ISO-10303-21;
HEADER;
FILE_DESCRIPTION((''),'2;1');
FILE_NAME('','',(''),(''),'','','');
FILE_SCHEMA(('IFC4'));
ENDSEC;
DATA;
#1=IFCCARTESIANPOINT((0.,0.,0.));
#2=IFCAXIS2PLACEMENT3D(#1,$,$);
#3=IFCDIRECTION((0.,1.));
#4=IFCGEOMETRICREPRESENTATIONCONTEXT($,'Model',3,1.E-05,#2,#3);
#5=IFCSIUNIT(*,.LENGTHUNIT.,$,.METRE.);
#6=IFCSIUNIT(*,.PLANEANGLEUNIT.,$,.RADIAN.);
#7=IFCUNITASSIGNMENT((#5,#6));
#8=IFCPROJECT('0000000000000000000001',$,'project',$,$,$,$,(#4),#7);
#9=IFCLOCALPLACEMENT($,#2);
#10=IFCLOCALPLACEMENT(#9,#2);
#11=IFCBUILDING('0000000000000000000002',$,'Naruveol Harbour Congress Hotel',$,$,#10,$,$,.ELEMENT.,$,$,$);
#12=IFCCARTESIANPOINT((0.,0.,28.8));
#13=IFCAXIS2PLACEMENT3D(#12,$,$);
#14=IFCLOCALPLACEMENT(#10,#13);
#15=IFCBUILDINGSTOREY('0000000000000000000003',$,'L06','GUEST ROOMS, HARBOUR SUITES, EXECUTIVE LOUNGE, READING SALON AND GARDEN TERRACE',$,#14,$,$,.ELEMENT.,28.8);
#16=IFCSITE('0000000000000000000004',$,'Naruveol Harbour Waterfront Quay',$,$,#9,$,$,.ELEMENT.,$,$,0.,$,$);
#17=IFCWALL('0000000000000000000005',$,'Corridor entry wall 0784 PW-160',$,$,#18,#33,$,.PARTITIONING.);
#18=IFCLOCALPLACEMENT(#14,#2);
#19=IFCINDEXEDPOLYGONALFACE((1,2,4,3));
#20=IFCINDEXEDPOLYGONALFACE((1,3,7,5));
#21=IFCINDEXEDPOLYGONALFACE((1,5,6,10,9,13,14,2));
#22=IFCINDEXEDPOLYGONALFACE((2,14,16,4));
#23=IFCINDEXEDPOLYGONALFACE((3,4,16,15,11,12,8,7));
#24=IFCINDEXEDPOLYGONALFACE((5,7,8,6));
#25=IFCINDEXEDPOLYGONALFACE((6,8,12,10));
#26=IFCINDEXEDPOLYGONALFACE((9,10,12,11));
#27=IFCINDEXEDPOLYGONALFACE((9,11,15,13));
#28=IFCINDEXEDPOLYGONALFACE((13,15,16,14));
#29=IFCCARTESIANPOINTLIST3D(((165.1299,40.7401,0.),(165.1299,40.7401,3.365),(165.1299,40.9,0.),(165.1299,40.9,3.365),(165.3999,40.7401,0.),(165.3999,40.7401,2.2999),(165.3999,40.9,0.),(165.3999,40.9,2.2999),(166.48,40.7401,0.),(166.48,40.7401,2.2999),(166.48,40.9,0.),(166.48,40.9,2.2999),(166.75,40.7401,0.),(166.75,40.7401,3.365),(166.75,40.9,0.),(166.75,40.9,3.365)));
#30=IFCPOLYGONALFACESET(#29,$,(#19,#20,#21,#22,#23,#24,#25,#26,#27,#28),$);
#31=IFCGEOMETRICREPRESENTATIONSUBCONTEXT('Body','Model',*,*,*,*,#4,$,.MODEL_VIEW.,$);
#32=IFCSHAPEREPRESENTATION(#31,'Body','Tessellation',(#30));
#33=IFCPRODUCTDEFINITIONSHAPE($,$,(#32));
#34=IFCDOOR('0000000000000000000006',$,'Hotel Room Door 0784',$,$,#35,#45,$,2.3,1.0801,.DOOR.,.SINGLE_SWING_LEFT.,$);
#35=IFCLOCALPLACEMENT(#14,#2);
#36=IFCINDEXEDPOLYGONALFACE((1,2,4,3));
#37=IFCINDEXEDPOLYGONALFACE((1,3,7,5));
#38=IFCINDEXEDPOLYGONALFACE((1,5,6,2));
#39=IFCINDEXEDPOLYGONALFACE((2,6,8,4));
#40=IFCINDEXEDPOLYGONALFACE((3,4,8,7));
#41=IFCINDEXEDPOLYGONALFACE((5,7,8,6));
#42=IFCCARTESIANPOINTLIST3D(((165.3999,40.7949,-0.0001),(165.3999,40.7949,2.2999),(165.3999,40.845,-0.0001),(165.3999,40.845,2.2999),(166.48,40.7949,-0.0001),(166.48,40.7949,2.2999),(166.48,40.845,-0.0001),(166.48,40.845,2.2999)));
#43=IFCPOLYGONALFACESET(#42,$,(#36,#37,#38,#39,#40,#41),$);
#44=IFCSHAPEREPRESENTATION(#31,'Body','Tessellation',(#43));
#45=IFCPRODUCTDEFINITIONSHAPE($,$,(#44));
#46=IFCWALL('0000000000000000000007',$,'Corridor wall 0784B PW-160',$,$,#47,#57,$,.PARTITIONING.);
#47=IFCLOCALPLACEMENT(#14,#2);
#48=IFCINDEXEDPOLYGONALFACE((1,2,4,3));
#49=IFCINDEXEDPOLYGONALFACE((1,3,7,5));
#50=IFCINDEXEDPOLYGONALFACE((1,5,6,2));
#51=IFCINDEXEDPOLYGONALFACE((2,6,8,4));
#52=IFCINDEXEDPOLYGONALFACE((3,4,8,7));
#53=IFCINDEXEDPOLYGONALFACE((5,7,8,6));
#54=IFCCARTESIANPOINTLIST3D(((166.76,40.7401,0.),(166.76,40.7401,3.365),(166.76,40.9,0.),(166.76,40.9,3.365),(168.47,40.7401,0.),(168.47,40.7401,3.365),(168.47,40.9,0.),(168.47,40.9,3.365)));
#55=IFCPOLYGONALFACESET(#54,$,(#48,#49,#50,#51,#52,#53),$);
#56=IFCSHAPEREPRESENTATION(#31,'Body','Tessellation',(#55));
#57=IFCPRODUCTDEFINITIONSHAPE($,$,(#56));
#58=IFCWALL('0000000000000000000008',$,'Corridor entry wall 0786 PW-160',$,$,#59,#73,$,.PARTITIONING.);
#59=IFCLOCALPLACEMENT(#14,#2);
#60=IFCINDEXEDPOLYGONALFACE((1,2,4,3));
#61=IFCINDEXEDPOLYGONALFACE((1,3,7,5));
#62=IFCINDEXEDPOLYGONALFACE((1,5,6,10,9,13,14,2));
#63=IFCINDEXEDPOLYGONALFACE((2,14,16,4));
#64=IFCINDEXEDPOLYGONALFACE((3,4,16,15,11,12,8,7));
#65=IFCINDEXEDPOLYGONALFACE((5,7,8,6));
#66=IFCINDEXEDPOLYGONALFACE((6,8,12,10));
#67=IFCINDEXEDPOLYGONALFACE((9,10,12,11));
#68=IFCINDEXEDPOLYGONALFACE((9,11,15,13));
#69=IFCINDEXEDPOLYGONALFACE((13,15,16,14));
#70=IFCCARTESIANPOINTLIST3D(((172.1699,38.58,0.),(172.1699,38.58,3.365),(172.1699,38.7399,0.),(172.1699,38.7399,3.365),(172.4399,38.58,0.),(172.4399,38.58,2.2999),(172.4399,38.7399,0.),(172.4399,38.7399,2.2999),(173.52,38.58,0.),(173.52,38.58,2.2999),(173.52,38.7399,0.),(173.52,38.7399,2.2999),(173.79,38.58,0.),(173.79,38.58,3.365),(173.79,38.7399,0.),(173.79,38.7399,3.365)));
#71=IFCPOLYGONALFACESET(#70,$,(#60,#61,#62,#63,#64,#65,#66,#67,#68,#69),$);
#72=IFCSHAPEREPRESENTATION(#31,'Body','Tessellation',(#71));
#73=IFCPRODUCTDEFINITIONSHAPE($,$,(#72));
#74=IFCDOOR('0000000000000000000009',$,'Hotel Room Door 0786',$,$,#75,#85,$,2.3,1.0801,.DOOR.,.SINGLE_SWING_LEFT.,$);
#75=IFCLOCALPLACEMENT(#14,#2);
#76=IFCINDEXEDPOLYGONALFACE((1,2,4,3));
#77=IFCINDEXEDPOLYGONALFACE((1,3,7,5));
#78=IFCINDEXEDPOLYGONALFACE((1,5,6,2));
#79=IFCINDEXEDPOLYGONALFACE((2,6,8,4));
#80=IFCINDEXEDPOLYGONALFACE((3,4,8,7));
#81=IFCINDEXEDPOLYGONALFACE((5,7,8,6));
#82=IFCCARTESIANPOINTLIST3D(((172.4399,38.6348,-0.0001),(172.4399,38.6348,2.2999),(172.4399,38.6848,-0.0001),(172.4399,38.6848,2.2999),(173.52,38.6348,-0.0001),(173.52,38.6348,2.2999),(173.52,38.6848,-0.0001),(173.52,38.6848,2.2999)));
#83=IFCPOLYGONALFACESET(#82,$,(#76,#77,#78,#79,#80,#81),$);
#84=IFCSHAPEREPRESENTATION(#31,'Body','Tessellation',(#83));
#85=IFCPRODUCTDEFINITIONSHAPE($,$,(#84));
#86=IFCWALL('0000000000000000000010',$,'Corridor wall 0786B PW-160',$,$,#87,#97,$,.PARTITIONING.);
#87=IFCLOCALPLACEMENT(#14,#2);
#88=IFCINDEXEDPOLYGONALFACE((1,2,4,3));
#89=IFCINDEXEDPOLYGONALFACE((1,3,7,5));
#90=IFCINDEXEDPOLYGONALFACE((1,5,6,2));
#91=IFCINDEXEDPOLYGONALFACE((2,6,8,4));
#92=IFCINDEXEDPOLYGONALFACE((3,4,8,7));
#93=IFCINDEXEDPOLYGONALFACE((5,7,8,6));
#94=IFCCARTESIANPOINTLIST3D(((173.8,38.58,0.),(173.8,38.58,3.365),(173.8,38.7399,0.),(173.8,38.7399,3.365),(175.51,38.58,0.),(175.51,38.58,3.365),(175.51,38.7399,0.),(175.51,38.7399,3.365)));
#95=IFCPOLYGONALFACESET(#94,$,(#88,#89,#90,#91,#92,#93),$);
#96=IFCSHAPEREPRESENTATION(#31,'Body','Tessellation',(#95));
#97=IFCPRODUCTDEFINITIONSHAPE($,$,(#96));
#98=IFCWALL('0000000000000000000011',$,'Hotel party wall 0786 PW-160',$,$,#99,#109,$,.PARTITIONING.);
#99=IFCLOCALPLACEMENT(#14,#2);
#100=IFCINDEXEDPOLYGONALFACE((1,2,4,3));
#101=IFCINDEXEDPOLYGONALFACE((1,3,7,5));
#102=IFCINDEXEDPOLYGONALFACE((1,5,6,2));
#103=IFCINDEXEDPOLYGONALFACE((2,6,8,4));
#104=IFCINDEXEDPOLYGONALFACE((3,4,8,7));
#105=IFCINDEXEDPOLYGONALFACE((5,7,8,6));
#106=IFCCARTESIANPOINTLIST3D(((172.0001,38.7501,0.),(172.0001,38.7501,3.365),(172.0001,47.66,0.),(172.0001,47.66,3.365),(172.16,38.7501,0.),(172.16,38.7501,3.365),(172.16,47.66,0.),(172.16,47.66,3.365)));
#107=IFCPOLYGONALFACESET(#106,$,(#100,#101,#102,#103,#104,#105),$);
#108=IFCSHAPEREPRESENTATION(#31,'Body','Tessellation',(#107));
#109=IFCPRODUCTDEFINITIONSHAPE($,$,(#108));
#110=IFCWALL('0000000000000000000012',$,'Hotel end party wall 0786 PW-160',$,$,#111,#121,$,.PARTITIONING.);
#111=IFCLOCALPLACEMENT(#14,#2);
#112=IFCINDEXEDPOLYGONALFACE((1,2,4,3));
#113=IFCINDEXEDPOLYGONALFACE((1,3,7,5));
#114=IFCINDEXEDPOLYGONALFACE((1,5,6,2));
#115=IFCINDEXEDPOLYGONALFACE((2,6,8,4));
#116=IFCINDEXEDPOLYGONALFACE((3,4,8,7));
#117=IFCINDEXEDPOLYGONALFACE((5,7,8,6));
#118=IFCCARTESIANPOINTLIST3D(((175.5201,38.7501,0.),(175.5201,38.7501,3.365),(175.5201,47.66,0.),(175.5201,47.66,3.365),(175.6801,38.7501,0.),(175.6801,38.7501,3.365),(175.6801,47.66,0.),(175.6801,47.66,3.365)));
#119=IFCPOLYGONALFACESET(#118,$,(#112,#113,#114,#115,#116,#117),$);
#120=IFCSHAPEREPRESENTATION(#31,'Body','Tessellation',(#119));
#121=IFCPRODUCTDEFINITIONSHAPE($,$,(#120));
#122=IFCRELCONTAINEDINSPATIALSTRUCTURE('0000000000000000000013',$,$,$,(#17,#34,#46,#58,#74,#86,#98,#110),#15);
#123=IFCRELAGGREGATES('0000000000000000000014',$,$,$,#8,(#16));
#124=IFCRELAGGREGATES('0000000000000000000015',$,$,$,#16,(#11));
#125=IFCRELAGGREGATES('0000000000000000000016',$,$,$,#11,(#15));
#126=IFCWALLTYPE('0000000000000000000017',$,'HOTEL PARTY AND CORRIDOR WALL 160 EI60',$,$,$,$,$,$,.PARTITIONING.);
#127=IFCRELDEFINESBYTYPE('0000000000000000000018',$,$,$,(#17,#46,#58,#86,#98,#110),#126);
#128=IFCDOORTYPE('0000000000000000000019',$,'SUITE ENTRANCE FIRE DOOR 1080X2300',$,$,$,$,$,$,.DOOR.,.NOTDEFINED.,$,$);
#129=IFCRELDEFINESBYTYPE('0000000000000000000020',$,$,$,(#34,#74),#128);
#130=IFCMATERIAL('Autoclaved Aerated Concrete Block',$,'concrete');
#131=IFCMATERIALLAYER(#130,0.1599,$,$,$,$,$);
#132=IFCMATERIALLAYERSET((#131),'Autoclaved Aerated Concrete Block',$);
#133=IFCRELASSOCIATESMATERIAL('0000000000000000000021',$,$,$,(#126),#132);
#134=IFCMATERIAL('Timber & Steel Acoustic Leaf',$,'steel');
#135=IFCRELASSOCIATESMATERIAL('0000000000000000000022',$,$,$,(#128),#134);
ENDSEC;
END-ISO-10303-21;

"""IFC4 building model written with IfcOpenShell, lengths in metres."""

from ifc_helpers import new_model, si_unit, direction, frame, frame_2d, origin, place, context, subcontext, project, spatial, rectangle, extrude, material, layer, layer_set, type_object, element, fill, save


model = new_model("IFC4")

# Units and contexts
model_context = context("Model", 3, precision=1e-05, world=origin(), true_north=direction((0.0, 1.0)))
body_context = subcontext(model_context, "Body", "Model", "MODEL_VIEW")
ifc_project = project(units=[si_unit("LENGTHUNIT", "METRE"), si_unit("PLANEANGLEUNIT", "RADIAN")], contexts=[model_context])

# Site, building, storey
site_placement = place(None, origin())
site = spatial("IfcSite", under=ifc_project, at=site_placement, Name="Naruveol Harbour Waterfront Quay", CompositionType="ELEMENT", RefElevation=0.0)
building_placement = place(site_placement, origin())
building = spatial("IfcBuilding", under=site, at=building_placement, Name="Naruveol Harbour Congress Hotel", CompositionType="ELEMENT")
storey_placement = place(building_placement, frame((0.0, 0.0, 28.8)))
storey = spatial("IfcBuildingStorey", under=building, at=storey_placement, Name="L06", Description="GUEST ROOMS, HARBOUR SUITES, EXECUTIVE LOUNGE, READING SALON AND GARDEN TERRACE", CompositionType="ELEMENT", Elevation=28.8)

# Wall, opening, door
ifc_material_1 = material(Name="Autoclaved Aerated Concrete Block", Category="concrete")
ifc_layer_1 = layer(ifc_material_1, 0.1599)
ifc_layer_set_1 = layer_set([ifc_layer_1], Name="Autoclaved Aerated Concrete Block")
wall_type_1 = type_object("IfcWallType", Name="HOTEL PARTY AND CORRIDOR WALL 160 EI60", PredefinedType="PARTITIONING", material=ifc_layer_set_1)
wall_1_placement = place(storey_placement, frame((165.1299, 40.8201, 0.0), z_axis=(0.0, 0.0, 1.0), x_axis=(1.0, 0.0, 0.0)))
wall_1 = element("IfcWall", 1, at=wall_1_placement, inside=storey, type_object=wall_type_1, Name="Corridor entry wall 0784 PW-160", PredefinedType="PARTITIONING", context=body_context, shape_type="SweptSolid", body=[
    extrude(rectangle(XDim=1.6201, YDim=0.1599, at=frame_2d((0.8101, 0.0))), origin(), (0.0, 0.0, 1.0), 3.365),
])
opening_1_placement = place(wall_1_placement, frame((0.27, 0.0, 0.0)))
opening_1 = element("IfcOpeningElement", 2, at=opening_1_placement, cuts=wall_1, PredefinedType="OPENING", context=body_context, shape_type="SweptSolid", body=[
    extrude(rectangle(XDim=1.0801, YDim=2.3, at=frame_2d((0.54, 1.1499))), frame((0.0, 0.0898, 0.0), z_axis=(0.0, -1.0, 0.0), x_axis=(1.0, 0.0, 0.0)), (0.0, 0.0, 1.0), 0.1799),
])
ifc_material_2 = material(Name="Timber & Steel Acoustic Leaf", Category="steel")
door_type_1 = type_object("IfcDoorType", Name="SUITE ENTRANCE FIRE DOOR 1080X2300", OperationType="NOTDEFINED", PredefinedType="DOOR", material=ifc_material_2)
door_1_placement = place(opening_1_placement, origin())
door_1 = element("IfcDoor", 3, at=door_1_placement, inside=storey, type_object=door_type_1, Name="Hotel Room Door 0784", OperationType="SINGLE_SWING_LEFT", OverallHeight=2.3, OverallWidth=1.0801, PredefinedType="DOOR", context=body_context, shape_type="SweptSolid", body=[
    extrude(rectangle(XDim=1.0801, YDim=2.3, at=frame_2d((0.54, 1.1499))), frame((0.0, 0.0249, 0.0), z_axis=(0.0, -1.0, 0.0), x_axis=(1.0, 0.0, 0.0)), (0.0, 0.0, 1.0), 0.05),
])
fill(opening_1, door_1)

# Wall
wall_2_placement = place(storey_placement, frame((166.76, 40.8201, 0.0), z_axis=(0.0, 0.0, 1.0), x_axis=(1.0, 0.0, 0.0)))
element("IfcWall", 4, at=wall_2_placement, inside=storey, type_object=wall_type_1, Name="Corridor wall 0784B PW-160", PredefinedType="PARTITIONING", context=body_context, shape_type="SweptSolid", body=[
    extrude(rectangle(XDim=1.71, YDim=0.1599, at=frame_2d((0.855, 0.0))), origin(), (0.0, 0.0, 1.0), 3.365),
])

# Wall, opening, door
wall_3_placement = place(storey_placement, frame((172.1699, 38.6599, 0.0), z_axis=(0.0, 0.0, 1.0), x_axis=(1.0, 0.0, 0.0)))
wall_3 = element("IfcWall", 5, at=wall_3_placement, inside=storey, type_object=wall_type_1, Name="Corridor entry wall 0786 PW-160", PredefinedType="PARTITIONING", context=body_context, shape_type="SweptSolid", body=[
    extrude(rectangle(XDim=1.6201, YDim=0.1599, at=frame_2d((0.8101, 0.0))), origin(), (0.0, 0.0, 1.0), 3.365),
])
opening_2_placement = place(wall_3_placement, frame((0.27, 0.0, 0.0)))
opening_2 = element("IfcOpeningElement", 6, at=opening_2_placement, cuts=wall_3, PredefinedType="OPENING", context=body_context, shape_type="SweptSolid", body=[
    extrude(rectangle(XDim=1.0801, YDim=2.3, at=frame_2d((0.54, 1.1499))), frame((0.0, 0.0898, 0.0), z_axis=(0.0, -1.0, 0.0), x_axis=(1.0, 0.0, 0.0)), (0.0, 0.0, 1.0), 0.1799),
])
door_2_placement = place(opening_2_placement, origin())
door_2 = element("IfcDoor", 7, at=door_2_placement, inside=storey, type_object=door_type_1, Name="Hotel Room Door 0786", OperationType="SINGLE_SWING_LEFT", OverallHeight=2.3, OverallWidth=1.0801, PredefinedType="DOOR", context=body_context, shape_type="SweptSolid", body=[
    extrude(rectangle(XDim=1.0801, YDim=2.3, at=frame_2d((0.54, 1.1499))), frame((0.0, 0.0249, 0.0), z_axis=(0.0, -1.0, 0.0), x_axis=(1.0, 0.0, 0.0)), (0.0, 0.0, 1.0), 0.05),
])
fill(opening_2, door_2)

# Walls
wall_4_placement = place(storey_placement, frame((173.8, 38.6599, 0.0), z_axis=(0.0, 0.0, 1.0), x_axis=(1.0, 0.0, 0.0)))
element("IfcWall", 8, at=wall_4_placement, inside=storey, type_object=wall_type_1, Name="Corridor wall 0786B PW-160", PredefinedType="PARTITIONING", context=body_context, shape_type="SweptSolid", body=[
    extrude(rectangle(XDim=1.71, YDim=0.1599, at=frame_2d((0.855, 0.0))), origin(), (0.0, 0.0, 1.0), 3.365),
])
for number, where, z_axis, x_axis, name in (
    (9, (172.0801, 38.75, 0.0), (0.0, 0.0, 1.0), (0.0, 1.0, 0.0), "Hotel party wall 0786 PW-160"),
    (10, (175.6001, 38.75, 0.0), (0.0, 0.0, 1.0), (0.0, 1.0, 0.0), "Hotel end party wall 0786 PW-160"),
):
    element("IfcWall", number, at=place(storey_placement, frame(where, z_axis=z_axis, x_axis=x_axis)), inside=storey, type_object=wall_type_1, Name=name, PredefinedType="PARTITIONING", context=body_context, shape_type="SweptSolid", body=[
        extrude(rectangle(XDim=8.9099, YDim=0.1599, at=frame_2d((4.4551, 0.0))), origin(), (0.0, 0.0, 1.0), 3.365),
    ])

save(model, "model.ifc")
